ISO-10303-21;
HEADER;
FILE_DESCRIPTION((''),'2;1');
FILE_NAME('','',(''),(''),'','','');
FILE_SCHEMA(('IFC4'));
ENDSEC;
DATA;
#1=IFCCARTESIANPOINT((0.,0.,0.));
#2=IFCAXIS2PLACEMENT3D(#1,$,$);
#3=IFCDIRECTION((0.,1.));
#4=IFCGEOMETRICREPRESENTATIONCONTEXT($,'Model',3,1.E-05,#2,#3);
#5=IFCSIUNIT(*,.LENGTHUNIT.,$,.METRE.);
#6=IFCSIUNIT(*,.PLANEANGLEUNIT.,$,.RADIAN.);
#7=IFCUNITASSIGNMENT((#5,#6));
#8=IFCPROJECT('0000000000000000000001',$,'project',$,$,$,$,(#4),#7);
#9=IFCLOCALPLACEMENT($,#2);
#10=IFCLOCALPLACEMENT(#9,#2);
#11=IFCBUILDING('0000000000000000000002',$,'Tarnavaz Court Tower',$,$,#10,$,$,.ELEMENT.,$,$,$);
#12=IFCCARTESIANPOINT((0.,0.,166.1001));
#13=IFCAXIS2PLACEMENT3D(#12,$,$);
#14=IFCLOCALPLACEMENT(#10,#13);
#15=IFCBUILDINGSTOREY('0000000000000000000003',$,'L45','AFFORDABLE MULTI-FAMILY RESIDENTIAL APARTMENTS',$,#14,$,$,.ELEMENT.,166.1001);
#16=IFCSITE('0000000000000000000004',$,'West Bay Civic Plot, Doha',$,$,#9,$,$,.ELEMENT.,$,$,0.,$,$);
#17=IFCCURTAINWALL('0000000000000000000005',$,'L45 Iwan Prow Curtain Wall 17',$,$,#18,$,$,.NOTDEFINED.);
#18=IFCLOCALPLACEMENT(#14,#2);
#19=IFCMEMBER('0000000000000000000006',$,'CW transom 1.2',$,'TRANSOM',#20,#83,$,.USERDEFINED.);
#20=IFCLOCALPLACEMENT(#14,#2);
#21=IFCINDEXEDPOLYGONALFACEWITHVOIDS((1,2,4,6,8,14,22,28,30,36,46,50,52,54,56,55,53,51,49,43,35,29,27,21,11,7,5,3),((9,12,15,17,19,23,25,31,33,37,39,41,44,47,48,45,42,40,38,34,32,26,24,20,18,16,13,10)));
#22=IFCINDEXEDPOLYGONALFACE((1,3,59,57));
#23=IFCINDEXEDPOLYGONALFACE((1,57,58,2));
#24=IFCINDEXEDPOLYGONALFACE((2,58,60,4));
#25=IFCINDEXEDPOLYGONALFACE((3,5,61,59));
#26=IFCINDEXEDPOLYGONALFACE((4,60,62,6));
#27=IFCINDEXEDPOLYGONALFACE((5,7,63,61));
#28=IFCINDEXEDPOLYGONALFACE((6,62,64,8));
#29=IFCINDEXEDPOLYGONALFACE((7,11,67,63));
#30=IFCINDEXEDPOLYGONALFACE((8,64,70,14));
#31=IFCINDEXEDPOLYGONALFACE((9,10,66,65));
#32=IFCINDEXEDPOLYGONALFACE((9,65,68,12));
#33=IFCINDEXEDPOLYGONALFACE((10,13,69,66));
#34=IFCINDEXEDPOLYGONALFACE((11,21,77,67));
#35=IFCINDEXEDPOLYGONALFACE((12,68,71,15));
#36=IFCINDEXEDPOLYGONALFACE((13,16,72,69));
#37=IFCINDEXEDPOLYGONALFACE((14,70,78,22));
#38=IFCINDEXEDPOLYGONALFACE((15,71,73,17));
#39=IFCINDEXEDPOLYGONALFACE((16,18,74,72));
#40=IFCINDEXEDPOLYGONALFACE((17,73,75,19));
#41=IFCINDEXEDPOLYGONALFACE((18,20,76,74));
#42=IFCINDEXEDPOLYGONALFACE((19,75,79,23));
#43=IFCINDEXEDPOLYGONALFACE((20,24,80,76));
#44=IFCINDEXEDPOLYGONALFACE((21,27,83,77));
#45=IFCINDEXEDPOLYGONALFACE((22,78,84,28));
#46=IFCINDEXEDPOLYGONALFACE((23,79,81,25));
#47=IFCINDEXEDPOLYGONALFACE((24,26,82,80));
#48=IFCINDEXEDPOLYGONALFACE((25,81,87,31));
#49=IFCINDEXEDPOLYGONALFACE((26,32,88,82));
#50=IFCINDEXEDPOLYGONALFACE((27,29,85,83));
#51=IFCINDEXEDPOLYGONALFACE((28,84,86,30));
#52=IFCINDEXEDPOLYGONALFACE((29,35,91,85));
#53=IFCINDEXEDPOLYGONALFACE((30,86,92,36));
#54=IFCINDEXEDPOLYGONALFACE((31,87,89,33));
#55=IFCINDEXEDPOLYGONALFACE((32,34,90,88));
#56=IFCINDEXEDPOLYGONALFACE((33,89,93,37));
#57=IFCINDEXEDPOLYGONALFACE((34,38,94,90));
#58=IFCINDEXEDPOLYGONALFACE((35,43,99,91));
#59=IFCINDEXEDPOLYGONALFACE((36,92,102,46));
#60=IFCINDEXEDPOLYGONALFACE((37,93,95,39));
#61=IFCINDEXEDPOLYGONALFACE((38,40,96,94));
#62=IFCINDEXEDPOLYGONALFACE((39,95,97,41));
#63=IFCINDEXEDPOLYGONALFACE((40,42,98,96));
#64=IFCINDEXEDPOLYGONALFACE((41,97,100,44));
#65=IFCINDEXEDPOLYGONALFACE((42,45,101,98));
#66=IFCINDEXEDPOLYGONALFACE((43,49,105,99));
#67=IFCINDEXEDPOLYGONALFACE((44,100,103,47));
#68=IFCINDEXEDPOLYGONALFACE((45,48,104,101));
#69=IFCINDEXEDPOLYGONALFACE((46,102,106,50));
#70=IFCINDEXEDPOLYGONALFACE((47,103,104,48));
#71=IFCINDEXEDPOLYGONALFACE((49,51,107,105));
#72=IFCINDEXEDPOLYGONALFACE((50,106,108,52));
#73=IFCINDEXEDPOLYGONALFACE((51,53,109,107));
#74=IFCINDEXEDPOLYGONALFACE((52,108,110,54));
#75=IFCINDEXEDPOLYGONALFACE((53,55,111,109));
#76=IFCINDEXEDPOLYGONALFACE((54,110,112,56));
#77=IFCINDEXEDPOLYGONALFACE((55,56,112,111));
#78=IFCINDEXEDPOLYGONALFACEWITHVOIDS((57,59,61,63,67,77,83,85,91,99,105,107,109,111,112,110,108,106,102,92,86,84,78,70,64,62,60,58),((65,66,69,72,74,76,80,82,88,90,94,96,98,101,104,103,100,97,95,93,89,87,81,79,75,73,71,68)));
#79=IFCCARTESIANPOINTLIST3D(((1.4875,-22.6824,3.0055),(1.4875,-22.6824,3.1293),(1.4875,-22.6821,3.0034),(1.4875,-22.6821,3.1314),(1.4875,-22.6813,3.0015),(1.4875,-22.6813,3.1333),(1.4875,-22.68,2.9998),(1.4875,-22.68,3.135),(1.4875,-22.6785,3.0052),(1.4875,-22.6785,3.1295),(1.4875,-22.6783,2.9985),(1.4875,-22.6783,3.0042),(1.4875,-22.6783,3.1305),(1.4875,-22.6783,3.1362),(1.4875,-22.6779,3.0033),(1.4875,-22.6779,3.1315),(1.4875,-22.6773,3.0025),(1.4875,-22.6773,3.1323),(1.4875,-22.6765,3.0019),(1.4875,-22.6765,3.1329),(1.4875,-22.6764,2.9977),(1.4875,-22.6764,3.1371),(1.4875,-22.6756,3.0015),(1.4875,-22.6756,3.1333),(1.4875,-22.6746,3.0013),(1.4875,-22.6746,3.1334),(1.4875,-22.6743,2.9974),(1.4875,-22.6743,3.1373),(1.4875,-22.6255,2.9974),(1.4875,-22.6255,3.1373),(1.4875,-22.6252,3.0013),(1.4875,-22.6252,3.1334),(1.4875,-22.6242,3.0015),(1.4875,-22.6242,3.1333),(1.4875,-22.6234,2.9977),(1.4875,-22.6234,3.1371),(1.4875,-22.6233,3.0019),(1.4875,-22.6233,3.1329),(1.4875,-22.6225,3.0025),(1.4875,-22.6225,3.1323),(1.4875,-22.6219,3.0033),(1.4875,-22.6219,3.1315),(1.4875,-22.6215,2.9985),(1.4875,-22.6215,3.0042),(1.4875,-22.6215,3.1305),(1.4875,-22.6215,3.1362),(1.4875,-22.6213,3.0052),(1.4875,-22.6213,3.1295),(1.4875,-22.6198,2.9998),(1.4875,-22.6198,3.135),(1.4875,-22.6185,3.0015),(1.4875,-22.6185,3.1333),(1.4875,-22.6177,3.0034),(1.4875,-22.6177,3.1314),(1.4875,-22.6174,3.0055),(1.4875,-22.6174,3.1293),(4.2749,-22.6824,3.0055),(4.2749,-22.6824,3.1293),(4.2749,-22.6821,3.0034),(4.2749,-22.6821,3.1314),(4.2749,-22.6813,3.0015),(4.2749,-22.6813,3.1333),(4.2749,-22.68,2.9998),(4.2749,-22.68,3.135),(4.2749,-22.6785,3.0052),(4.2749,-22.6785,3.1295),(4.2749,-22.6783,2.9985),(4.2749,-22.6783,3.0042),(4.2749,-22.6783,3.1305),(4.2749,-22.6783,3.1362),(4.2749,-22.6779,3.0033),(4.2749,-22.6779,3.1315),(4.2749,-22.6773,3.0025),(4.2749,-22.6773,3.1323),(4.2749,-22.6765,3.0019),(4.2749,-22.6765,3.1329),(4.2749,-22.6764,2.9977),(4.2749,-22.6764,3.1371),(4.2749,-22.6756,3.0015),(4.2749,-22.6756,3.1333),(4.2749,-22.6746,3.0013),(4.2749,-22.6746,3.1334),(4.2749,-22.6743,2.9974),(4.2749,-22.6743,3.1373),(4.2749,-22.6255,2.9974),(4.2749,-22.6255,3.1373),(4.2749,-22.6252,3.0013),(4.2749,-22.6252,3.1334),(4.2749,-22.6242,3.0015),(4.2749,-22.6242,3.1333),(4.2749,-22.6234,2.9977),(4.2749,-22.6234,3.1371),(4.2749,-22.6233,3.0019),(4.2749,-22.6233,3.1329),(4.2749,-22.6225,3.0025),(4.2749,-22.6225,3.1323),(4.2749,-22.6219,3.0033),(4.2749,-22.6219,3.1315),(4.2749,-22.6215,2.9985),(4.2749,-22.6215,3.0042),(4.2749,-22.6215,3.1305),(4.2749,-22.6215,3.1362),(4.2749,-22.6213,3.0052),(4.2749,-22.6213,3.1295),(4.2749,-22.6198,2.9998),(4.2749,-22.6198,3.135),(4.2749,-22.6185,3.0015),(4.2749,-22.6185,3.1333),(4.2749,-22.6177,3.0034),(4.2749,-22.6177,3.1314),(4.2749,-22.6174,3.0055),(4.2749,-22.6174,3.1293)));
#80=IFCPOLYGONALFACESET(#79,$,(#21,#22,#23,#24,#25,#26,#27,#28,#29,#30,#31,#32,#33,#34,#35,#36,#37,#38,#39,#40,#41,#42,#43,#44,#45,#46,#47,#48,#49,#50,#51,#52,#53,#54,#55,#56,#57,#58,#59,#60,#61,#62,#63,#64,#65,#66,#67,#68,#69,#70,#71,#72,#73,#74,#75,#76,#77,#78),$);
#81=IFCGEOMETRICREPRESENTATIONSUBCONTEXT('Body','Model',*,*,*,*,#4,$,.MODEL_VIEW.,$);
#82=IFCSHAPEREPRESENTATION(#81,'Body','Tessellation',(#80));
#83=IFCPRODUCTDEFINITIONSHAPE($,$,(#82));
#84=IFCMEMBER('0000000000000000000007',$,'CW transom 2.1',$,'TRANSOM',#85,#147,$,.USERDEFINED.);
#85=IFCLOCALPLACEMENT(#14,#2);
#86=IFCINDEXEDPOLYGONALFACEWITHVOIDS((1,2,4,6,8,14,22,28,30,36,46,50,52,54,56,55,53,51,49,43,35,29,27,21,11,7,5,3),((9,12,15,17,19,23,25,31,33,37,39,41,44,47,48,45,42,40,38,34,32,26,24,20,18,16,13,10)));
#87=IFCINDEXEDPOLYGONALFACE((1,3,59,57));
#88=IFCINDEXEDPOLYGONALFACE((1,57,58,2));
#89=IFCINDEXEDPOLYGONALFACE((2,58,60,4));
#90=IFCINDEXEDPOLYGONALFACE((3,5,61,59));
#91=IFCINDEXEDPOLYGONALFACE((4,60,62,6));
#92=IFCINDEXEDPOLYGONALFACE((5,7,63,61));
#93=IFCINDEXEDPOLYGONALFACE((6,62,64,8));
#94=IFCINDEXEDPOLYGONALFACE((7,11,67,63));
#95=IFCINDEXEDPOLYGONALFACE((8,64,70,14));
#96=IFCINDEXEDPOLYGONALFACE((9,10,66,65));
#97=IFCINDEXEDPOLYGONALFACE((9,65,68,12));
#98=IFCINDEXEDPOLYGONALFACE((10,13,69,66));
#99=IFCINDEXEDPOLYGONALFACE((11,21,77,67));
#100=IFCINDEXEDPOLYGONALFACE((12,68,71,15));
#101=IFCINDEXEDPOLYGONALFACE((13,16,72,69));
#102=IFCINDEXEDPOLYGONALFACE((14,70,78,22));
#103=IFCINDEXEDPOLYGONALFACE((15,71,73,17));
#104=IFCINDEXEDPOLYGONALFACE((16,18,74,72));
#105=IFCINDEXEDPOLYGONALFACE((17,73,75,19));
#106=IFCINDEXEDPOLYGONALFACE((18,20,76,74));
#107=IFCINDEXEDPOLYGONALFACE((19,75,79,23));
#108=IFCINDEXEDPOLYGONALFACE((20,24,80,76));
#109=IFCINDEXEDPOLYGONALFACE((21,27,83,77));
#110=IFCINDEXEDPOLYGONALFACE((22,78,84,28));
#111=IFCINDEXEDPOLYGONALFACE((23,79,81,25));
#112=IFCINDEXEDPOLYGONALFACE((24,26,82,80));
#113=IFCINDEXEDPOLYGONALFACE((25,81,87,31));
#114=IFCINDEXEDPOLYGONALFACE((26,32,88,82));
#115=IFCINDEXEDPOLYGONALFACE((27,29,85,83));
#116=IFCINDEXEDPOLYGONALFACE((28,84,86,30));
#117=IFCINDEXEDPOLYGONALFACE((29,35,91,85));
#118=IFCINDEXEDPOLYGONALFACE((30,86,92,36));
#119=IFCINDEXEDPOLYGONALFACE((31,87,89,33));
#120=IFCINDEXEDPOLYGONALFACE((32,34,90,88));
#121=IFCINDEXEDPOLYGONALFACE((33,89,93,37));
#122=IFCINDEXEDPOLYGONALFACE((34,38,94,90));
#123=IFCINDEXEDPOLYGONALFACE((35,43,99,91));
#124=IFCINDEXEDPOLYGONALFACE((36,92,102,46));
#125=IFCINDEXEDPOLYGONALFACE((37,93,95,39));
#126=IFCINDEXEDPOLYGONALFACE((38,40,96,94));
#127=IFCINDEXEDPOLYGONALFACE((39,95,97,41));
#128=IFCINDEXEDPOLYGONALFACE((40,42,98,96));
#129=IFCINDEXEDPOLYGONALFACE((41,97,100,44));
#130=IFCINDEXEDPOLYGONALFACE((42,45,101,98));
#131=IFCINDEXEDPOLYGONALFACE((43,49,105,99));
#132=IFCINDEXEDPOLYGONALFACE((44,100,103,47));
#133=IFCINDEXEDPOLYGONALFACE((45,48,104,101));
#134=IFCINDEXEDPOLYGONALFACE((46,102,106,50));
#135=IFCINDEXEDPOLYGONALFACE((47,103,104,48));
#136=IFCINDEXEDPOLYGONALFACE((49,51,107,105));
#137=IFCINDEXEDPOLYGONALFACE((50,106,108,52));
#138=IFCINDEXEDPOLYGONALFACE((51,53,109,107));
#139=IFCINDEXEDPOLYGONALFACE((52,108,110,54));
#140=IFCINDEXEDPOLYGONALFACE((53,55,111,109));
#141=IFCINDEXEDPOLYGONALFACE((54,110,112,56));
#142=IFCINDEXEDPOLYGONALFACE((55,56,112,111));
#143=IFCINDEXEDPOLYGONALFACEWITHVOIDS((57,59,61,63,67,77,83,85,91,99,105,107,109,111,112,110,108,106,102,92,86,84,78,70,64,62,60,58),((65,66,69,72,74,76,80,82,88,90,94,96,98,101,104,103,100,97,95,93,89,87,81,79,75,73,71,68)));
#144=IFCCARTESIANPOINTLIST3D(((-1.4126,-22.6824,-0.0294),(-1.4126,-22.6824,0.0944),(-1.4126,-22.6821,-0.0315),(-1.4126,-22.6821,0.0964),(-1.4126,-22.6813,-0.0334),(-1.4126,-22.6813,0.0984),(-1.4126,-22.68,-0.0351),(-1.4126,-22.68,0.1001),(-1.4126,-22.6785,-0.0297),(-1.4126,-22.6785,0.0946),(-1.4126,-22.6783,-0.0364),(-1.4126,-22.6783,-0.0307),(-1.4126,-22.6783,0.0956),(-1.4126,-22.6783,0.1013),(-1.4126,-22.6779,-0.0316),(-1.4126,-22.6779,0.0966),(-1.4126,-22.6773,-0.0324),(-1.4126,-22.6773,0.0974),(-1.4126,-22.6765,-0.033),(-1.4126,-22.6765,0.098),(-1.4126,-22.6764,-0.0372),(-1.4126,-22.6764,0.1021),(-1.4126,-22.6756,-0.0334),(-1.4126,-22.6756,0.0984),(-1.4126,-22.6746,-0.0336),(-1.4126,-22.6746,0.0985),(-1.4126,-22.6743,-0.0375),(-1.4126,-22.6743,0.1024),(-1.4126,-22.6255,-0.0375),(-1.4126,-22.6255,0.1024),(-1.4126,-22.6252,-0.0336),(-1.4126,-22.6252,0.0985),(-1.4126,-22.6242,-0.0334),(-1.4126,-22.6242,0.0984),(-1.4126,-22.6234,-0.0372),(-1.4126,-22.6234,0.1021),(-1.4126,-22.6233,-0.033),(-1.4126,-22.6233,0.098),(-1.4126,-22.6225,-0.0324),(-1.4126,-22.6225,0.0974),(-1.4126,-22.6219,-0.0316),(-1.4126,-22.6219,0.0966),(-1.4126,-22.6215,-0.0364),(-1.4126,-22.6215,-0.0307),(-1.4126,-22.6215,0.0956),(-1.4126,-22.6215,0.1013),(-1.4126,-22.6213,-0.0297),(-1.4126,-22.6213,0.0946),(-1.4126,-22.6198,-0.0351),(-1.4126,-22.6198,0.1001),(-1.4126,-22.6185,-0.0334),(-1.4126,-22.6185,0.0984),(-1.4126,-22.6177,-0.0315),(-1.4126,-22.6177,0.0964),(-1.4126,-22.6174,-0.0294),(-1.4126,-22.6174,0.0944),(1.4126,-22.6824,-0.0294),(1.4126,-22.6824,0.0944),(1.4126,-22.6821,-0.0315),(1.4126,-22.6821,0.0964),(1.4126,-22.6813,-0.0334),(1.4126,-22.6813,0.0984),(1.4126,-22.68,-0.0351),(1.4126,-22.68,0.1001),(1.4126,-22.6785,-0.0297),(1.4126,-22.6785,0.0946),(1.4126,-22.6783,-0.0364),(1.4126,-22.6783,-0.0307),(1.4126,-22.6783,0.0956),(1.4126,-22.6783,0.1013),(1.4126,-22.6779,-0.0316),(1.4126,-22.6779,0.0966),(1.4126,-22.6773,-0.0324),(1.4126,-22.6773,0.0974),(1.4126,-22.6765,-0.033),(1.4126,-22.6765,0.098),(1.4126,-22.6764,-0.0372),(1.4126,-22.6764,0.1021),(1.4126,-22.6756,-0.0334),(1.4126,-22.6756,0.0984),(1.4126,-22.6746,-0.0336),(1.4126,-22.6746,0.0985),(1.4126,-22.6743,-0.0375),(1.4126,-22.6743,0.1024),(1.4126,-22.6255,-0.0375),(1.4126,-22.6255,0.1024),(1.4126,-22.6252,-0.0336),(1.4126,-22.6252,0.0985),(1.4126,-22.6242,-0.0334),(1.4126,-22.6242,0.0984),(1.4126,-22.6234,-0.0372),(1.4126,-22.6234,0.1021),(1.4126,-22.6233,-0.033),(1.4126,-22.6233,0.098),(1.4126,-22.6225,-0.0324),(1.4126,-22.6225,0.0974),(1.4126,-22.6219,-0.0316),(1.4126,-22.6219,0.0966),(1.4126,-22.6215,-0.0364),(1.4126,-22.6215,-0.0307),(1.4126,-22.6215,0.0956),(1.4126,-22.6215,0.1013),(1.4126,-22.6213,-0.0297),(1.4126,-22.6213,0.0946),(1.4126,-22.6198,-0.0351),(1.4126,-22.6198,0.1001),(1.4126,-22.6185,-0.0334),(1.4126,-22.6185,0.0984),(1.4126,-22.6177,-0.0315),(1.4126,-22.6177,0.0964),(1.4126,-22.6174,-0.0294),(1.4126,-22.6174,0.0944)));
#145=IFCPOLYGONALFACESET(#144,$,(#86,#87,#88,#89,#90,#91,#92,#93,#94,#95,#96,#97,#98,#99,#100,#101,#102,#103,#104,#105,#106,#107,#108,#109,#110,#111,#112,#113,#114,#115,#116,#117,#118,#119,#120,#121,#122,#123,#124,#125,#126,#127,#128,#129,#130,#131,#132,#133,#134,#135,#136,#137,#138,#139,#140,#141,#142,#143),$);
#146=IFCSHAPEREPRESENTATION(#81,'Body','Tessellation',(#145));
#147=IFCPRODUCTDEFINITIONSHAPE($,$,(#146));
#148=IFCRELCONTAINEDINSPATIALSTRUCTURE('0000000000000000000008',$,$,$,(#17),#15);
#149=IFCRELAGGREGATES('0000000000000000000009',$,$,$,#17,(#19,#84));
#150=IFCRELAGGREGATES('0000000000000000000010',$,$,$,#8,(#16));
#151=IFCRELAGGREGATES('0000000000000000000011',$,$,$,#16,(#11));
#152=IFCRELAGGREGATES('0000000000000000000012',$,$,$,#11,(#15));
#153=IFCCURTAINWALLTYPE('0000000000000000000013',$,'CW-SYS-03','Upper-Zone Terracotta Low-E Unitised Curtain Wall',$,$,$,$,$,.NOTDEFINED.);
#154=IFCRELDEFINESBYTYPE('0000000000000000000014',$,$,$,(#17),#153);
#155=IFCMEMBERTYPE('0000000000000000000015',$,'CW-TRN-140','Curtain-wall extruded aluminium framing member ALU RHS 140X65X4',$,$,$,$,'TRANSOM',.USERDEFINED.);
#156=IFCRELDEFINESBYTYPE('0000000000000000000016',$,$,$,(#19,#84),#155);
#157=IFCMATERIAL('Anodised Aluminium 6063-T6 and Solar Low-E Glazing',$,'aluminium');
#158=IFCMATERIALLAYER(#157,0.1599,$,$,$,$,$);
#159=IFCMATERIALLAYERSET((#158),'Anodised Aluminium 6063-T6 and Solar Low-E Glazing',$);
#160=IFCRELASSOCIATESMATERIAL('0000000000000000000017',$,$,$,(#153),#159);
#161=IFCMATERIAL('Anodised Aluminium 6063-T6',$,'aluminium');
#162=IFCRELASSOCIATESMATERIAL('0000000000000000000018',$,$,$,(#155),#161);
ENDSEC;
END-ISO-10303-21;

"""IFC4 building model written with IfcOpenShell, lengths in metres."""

from ifc_helpers import new_model, si_unit, direction, frame, origin, origin_2d, place, context, subcontext, project, spatial, hollow_rectangle, extrude, material, layer, layer_set, material_profile, profile_set, type_object, element, aggregate, save


model = new_model("IFC4")

# Units and contexts
model_context = context("Model", 3, precision=1e-05, world=origin(), true_north=direction((0.0, 1.0)))
body_context = subcontext(model_context, "Body", "Model", "MODEL_VIEW")
ifc_project = project(units=[si_unit("LENGTHUNIT", "METRE"), si_unit("PLANEANGLEUNIT", "RADIAN")], contexts=[model_context])

# Site, building, storey
site_placement = place(None, origin())
site = spatial("IfcSite", under=ifc_project, at=site_placement, Name="West Bay Civic Plot, Doha", CompositionType="ELEMENT", RefElevation=0.0)
building_placement = place(site_placement, origin())
building = spatial("IfcBuilding", under=site, at=building_placement, Name="Tarnavaz Court Tower", CompositionType="ELEMENT")
storey_placement = place(building_placement, frame((0.0, 0.0, 166.1001)))
storey = spatial("IfcBuildingStorey", under=building, at=storey_placement, Name="L45", Description="AFFORDABLE MULTI-FAMILY RESIDENTIAL APARTMENTS", CompositionType="ELEMENT", Elevation=166.1001)

# Curtain wall, members
ifc_material_1 = material(Name="Anodised Aluminium 6063-T6 and Solar Low-E Glazing", Category="aluminium")
ifc_layer_1 = layer(ifc_material_1, 0.1599)
ifc_layer_set_1 = layer_set([ifc_layer_1], Name="Anodised Aluminium 6063-T6 and Solar Low-E Glazing")
curtain_wall_type = type_object("IfcCurtainWallType", Name="CW-SYS-03", Description="Upper-Zone Terracotta Low-E Unitised Curtain Wall", PredefinedType="NOTDEFINED", material=ifc_layer_set_1)
curtain_wall_placement = place(storey_placement, origin())
curtain_wall = element("IfcCurtainWall", 1, at=curtain_wall_placement, inside=storey, type_object=curtain_wall_type, Name="L45 Iwan Prow Curtain Wall 17", PredefinedType="NOTDEFINED")
ifc_material_2 = material(Name="Anodised Aluminium 6063-T6", Category="aluminium")
ifc_material_profile_1 = material_profile(ifc_material_2, hollow_rectangle(XDim=0.0649, YDim=0.1399, WallThickness=0.0039, InnerFilletRadius=0.0039, OuterFilletRadius=0.0081, at=origin_2d()), Name="ALU RHS 140X65X4")
ifc_profile_set_1 = profile_set([ifc_material_profile_1], Name="Anodised Aluminium 6063-T6")
member_type_1 = type_object("IfcMemberType", Name="CW-TRN-140", Description="Curtain-wall extruded aluminium framing member ALU RHS 140X65X4", ElementType="TRANSOM", PredefinedType="USERDEFINED", material=ifc_profile_set_1)
member_1_placement = place(storey_placement, frame((4.2749, -22.6499, 3.0674), z_axis=(-1.0, 0.0, 0.0), x_axis=(0.0, -1.0, 0.0)))
member_1 = element("IfcMember", 2, at=member_1_placement, type_object=member_type_1, Name="CW transom 1.2", ObjectType="TRANSOM", PredefinedType="USERDEFINED", context=body_context, shape_type="SweptSolid", body=[
    extrude(hollow_rectangle(XDim=0.0649, YDim=0.1399, WallThickness=0.0039, InnerFilletRadius=0.0039, OuterFilletRadius=0.0081, at=origin_2d()), origin(), (0.0, 0.0, 1.0), 2.7874),
])
member_2_placement = place(storey_placement, frame((1.4126, -22.6499, 0.0325), z_axis=(-1.0, 0.0, 0.0), x_axis=(0.0, -1.0, 0.0)))
member_2 = element("IfcMember", 3, at=member_2_placement, type_object=member_type_1, Name="CW transom 2.1", ObjectType="TRANSOM", PredefinedType="USERDEFINED", context=body_context, shape_type="SweptSolid", body=[
    extrude(hollow_rectangle(XDim=0.0649, YDim=0.1399, WallThickness=0.0039, InnerFilletRadius=0.0039, OuterFilletRadius=0.0081, at=origin_2d()), origin(), (0.0, 0.0, 1.0), 2.8252),
])
aggregate(curtain_wall, [member_1, member_2])

save(model, "model.ifc")
